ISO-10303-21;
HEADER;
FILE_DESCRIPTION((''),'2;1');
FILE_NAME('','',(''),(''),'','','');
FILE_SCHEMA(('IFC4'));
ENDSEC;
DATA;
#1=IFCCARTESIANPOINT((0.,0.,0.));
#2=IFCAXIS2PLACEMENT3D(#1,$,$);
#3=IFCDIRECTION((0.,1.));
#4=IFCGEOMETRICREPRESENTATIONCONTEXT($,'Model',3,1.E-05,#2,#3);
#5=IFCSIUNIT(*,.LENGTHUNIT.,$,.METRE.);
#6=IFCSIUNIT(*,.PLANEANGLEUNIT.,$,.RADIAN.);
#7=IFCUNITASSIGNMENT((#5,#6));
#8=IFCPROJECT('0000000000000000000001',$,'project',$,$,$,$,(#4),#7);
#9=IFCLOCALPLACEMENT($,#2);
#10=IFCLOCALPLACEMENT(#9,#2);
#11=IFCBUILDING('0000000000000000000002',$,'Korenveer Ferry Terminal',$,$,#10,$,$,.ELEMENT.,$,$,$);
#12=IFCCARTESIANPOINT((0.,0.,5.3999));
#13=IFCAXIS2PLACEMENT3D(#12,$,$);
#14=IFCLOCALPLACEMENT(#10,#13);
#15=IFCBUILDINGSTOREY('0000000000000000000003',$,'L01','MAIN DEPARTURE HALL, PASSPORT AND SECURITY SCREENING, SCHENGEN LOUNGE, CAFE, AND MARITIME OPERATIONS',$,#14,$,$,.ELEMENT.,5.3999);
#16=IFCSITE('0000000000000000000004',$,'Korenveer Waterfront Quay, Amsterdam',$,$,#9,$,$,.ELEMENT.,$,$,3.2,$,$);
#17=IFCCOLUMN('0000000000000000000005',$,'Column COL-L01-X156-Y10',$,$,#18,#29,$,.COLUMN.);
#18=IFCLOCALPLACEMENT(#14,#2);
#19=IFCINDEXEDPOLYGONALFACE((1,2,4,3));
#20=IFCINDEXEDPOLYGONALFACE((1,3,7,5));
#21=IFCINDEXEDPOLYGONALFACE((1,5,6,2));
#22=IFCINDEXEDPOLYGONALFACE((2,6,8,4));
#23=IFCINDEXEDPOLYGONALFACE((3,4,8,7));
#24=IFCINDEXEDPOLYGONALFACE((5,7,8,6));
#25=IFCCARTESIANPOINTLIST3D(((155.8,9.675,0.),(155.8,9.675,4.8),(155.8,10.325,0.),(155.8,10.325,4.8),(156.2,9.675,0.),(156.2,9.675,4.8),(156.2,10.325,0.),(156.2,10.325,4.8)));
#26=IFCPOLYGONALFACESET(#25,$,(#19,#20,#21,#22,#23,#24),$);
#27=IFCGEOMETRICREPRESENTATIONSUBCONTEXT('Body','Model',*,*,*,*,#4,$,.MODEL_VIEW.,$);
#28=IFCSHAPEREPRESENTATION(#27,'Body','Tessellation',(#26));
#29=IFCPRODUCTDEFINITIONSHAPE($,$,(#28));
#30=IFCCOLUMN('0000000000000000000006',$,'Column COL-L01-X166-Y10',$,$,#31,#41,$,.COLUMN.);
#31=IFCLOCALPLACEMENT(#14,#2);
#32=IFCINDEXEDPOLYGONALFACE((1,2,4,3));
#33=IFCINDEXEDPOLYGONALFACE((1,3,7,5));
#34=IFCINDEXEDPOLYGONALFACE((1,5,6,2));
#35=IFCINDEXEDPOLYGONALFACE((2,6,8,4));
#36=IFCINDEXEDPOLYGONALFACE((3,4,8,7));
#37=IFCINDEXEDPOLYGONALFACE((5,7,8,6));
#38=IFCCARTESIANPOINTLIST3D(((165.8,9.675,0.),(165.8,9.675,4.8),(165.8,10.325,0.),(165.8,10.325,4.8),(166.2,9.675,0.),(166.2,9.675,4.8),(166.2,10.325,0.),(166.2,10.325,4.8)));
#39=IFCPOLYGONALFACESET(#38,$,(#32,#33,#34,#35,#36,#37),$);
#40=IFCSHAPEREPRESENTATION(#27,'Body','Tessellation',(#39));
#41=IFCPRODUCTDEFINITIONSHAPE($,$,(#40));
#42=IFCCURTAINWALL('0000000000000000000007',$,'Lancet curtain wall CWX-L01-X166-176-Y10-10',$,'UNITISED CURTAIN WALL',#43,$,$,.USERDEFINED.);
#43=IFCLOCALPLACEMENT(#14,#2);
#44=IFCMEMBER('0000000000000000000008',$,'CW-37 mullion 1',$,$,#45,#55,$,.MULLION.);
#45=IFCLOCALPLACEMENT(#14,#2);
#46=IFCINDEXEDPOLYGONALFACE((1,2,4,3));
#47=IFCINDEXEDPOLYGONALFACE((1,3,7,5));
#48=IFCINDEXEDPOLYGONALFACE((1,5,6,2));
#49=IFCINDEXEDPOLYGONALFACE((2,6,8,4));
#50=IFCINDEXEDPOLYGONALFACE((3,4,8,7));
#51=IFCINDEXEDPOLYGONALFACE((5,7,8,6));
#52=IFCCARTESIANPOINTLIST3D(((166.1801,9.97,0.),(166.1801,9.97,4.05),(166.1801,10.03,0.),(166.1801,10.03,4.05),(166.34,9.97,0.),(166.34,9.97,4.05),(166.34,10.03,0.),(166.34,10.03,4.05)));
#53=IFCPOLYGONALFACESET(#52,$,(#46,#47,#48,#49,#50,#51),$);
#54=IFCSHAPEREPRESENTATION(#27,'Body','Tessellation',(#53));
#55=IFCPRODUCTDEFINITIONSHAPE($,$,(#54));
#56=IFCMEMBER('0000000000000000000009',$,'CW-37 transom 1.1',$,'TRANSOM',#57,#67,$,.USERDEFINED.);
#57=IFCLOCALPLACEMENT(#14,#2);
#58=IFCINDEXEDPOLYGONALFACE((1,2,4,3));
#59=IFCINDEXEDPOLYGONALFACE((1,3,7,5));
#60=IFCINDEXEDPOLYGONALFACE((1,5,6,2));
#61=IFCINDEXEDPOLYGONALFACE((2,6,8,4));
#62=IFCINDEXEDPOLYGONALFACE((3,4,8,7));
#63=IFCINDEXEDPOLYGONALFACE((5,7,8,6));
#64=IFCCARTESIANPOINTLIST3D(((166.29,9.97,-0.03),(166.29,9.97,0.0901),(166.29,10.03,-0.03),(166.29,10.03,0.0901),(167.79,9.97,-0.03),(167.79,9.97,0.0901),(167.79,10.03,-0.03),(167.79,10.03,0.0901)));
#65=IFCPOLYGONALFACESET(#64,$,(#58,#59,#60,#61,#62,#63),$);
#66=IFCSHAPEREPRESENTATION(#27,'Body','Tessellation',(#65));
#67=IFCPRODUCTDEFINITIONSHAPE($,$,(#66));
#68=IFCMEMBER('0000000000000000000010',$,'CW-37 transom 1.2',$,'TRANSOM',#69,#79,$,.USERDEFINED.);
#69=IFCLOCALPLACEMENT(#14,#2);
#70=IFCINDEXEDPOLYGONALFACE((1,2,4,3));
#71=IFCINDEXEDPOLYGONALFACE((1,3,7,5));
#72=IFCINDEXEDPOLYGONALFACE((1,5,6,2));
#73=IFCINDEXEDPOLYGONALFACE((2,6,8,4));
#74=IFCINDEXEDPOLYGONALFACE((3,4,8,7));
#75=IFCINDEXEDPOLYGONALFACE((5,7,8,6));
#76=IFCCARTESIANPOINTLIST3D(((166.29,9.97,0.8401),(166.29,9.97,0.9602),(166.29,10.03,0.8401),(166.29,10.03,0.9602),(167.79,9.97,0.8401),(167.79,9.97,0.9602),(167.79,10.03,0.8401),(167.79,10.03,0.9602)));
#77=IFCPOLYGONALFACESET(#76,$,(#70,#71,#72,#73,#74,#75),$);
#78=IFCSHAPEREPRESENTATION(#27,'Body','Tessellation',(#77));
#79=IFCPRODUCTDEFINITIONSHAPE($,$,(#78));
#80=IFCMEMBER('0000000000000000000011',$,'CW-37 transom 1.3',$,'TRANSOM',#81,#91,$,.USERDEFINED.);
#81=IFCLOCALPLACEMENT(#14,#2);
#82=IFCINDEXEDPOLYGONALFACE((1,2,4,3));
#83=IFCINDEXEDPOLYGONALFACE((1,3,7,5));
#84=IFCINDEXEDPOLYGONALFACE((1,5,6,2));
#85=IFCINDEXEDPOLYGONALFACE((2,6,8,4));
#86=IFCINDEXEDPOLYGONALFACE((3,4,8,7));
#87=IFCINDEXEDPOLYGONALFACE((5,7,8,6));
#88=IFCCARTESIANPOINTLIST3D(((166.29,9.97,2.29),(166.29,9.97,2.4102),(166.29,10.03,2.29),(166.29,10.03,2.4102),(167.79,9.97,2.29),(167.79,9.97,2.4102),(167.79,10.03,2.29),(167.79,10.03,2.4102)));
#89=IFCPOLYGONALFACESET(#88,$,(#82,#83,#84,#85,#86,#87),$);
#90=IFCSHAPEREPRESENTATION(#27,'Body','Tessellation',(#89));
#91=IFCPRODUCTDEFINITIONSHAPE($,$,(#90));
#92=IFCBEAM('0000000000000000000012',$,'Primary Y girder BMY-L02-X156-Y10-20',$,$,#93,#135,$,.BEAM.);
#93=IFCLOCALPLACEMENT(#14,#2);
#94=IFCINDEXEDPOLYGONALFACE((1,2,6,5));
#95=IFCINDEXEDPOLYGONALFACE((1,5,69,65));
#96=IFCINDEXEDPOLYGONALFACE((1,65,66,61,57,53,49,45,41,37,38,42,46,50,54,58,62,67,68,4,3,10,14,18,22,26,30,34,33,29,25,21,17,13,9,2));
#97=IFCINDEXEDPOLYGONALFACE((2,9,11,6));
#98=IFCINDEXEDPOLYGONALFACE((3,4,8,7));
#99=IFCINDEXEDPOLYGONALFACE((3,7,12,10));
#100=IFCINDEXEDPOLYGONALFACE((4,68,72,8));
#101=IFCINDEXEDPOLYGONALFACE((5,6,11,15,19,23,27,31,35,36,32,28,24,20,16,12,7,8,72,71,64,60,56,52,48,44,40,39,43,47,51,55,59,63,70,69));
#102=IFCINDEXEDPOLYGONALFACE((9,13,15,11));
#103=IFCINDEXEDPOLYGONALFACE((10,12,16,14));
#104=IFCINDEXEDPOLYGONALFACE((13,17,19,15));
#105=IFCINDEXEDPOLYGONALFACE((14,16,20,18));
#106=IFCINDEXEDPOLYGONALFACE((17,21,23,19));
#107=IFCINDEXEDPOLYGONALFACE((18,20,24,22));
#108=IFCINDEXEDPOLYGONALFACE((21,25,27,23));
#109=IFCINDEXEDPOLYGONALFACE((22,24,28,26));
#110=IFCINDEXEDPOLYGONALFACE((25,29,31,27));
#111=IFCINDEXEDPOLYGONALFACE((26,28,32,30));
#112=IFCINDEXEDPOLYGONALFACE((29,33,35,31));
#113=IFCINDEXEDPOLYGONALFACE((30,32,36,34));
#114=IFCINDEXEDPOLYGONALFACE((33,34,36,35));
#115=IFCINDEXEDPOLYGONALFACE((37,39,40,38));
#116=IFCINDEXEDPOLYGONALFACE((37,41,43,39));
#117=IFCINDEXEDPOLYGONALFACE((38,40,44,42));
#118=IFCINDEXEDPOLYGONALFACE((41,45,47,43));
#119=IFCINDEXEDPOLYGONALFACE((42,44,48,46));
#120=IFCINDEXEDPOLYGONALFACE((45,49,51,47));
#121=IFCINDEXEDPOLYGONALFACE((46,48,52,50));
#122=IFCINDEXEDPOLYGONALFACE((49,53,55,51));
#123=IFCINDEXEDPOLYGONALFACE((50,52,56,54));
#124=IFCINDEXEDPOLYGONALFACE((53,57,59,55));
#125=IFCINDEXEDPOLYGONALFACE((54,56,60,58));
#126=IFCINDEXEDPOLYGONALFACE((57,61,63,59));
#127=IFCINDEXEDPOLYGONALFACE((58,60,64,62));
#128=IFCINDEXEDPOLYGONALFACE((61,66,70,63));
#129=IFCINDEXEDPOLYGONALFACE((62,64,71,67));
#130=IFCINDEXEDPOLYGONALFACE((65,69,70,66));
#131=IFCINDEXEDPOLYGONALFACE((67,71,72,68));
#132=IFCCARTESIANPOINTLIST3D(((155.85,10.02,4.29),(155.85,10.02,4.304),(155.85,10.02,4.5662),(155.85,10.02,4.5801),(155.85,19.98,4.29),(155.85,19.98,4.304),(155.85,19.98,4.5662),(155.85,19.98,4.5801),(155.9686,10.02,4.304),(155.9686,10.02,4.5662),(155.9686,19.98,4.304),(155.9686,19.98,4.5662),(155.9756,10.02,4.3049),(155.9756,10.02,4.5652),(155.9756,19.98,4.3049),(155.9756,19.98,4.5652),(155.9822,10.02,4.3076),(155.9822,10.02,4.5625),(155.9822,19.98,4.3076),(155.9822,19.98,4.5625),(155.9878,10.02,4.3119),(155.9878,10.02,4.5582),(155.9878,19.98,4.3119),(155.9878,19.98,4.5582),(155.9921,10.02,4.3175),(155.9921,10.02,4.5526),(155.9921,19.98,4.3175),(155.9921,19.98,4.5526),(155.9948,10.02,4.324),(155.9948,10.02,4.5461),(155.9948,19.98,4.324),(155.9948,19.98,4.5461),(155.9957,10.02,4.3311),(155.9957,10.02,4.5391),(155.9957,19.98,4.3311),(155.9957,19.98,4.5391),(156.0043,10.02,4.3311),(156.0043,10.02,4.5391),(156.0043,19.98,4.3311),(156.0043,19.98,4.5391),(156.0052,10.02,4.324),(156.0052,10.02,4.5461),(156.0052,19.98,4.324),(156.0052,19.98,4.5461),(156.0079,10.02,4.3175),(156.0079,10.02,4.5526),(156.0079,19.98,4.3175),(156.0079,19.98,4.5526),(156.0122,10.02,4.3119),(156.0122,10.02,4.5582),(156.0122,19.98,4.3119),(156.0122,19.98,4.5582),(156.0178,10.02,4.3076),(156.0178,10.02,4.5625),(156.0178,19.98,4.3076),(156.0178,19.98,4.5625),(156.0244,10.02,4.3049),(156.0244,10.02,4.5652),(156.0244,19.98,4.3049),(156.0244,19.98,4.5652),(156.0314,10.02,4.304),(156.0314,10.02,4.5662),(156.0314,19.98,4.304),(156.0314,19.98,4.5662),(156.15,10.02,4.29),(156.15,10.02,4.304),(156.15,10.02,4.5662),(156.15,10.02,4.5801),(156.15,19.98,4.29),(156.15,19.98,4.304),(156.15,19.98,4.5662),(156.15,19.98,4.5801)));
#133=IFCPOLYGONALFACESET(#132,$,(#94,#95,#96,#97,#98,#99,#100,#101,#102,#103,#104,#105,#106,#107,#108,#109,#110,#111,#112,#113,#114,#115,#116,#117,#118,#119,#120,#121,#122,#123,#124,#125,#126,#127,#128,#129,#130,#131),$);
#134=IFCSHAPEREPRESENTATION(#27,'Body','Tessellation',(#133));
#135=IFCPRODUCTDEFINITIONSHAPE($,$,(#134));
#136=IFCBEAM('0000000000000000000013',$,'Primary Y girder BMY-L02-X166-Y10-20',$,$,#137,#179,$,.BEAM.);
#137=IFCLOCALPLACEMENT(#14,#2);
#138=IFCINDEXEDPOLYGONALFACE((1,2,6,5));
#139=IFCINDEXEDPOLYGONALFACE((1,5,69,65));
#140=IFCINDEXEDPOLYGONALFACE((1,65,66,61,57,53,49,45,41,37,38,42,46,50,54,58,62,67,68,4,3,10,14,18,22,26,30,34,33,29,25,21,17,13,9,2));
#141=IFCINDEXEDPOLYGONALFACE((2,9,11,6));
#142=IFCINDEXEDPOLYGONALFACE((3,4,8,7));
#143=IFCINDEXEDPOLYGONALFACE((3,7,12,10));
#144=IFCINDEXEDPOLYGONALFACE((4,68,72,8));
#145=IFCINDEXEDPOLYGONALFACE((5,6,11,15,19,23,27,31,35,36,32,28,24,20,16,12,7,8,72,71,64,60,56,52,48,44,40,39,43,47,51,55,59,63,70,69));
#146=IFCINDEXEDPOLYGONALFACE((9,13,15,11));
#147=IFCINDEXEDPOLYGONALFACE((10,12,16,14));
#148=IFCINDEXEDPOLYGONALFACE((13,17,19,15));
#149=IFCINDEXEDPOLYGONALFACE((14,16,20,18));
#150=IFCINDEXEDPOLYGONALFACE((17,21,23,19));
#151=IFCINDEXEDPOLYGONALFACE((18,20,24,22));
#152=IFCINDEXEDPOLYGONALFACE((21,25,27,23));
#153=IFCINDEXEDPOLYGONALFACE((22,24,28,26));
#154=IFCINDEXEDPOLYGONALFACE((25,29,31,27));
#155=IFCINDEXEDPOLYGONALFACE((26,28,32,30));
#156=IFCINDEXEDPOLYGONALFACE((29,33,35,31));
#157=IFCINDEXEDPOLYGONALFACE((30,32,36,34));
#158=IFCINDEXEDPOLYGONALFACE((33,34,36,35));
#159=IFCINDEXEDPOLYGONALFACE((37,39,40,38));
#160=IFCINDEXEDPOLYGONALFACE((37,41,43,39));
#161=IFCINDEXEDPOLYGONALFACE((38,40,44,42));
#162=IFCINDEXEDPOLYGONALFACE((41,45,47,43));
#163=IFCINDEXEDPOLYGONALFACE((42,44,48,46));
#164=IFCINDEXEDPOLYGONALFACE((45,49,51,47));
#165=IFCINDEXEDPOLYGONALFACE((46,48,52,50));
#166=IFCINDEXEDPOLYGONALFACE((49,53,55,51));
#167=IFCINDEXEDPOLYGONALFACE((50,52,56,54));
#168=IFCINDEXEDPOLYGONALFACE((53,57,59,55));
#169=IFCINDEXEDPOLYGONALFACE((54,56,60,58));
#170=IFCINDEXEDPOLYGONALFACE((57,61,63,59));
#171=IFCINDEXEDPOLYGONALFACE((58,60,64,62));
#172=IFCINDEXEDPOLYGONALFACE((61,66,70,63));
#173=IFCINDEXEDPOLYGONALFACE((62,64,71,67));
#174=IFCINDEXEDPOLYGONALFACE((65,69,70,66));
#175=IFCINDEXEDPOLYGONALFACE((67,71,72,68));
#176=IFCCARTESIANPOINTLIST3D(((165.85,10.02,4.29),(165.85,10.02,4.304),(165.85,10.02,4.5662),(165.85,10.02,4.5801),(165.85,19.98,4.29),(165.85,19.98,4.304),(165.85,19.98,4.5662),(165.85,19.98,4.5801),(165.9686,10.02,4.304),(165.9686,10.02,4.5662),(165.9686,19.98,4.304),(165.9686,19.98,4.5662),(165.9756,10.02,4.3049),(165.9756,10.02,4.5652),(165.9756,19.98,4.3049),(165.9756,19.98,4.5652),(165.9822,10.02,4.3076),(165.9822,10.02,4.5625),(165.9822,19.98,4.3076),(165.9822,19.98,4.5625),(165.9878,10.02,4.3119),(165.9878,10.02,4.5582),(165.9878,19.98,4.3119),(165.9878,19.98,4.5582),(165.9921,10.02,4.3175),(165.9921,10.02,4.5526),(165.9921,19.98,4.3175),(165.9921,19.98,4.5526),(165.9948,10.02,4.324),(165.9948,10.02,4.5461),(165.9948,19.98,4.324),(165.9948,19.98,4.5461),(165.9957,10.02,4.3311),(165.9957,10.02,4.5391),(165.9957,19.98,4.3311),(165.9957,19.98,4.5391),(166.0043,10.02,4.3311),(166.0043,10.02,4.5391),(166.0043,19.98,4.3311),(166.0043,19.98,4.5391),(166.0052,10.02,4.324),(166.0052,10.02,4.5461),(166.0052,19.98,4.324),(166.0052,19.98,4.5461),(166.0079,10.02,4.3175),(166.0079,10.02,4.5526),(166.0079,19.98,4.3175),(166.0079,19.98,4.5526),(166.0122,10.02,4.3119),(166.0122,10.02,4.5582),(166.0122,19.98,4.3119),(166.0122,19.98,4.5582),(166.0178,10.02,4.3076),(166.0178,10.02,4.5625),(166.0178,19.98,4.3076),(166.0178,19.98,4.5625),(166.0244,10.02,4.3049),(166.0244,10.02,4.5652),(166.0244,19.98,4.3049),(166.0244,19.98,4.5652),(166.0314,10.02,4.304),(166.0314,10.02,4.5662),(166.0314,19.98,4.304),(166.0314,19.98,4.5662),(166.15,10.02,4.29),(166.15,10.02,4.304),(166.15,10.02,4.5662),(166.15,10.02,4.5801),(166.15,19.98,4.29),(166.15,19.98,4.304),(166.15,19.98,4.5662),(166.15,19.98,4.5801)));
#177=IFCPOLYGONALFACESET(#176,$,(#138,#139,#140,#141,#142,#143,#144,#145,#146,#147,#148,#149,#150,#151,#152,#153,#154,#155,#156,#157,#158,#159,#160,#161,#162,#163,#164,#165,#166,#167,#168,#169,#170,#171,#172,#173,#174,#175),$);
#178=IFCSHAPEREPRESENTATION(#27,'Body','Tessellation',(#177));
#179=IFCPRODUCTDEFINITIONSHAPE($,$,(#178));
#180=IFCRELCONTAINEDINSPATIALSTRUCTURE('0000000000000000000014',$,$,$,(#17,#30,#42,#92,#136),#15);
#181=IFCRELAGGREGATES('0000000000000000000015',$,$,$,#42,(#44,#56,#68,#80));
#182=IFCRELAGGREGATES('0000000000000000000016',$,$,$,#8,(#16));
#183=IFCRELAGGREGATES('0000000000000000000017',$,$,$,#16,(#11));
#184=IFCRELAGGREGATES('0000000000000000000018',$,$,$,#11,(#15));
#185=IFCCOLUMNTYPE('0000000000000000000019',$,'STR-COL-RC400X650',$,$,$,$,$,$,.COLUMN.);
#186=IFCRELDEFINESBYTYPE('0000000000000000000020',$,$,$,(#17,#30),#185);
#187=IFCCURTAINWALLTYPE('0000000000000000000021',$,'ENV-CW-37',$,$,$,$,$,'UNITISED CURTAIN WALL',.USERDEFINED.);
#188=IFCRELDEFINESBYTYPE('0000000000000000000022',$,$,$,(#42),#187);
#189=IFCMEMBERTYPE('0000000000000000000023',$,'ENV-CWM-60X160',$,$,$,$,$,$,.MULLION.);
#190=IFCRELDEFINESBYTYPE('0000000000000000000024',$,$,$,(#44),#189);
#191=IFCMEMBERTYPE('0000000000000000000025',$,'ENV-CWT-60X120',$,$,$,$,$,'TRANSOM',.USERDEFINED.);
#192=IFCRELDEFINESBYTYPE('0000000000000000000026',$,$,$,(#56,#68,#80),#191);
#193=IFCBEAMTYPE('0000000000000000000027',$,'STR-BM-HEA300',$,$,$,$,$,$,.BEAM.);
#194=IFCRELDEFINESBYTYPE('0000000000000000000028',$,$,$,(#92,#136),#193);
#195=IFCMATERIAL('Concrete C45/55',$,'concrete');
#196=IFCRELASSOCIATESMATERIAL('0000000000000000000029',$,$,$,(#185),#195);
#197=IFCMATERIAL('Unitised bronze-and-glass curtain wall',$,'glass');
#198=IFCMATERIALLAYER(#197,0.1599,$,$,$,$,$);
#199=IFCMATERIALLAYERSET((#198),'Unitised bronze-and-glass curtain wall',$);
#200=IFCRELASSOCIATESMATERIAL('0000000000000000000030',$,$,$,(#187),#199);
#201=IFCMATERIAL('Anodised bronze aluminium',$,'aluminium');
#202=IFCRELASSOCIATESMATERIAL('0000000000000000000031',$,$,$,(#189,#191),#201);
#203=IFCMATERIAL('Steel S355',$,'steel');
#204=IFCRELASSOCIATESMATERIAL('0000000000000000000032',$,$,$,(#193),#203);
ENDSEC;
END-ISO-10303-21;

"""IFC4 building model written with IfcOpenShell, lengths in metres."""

from ifc_helpers import new_model, si_unit, direction, frame, origin, origin_2d, place, context, subcontext, project, spatial, rectangle, i_section, extrude, material, layer, layer_set, material_profile, profile_set, type_object, element, aggregate, save


model = new_model("IFC4")

# Units and contexts
model_context = context("Model", 3, precision=1e-05, world=origin(), true_north=direction((0.0, 1.0)))
body_context = subcontext(model_context, "Body", "Model", "MODEL_VIEW")
ifc_project = project(units=[si_unit("LENGTHUNIT", "METRE"), si_unit("PLANEANGLEUNIT", "RADIAN")], contexts=[model_context])

# Site, building, storey
site_placement = place(None, origin())
site = spatial("IfcSite", under=ifc_project, at=site_placement, Name="Korenveer Waterfront Quay, Amsterdam", CompositionType="ELEMENT", RefElevation=3.2)
building_placement = place(site_placement, origin())
building = spatial("IfcBuilding", under=site, at=building_placement, Name="Korenveer Ferry Terminal", CompositionType="ELEMENT")
storey_placement = place(building_placement, frame((0.0, 0.0, 5.3999)))
storey = spatial("IfcBuildingStorey", under=building, at=storey_placement, Name="L01", Description="MAIN DEPARTURE HALL, PASSPORT AND SECURITY SCREENING, SCHENGEN LOUNGE, CAFE, AND MARITIME OPERATIONS", CompositionType="ELEMENT", Elevation=5.3999)

# Columns
ifc_material_1 = material(Name="Concrete C45/55", Category="concrete")
ifc_material_profile_1 = material_profile(ifc_material_1, rectangle(XDim=0.3999, YDim=0.6499, at=origin_2d()), Name="RC 400x650")
ifc_profile_set_1 = profile_set([ifc_material_profile_1], Name="Concrete C45/55")
column_type = type_object("IfcColumnType", Name="STR-COL-RC400X650", PredefinedType="COLUMN", material=ifc_profile_set_1)
for number, where, z_axis, x_axis, name in (
    (1, (156.0, 10.0, 0.0), (0.0, 0.0, 1.0), (1.0, 0.0, 0.0), "Column COL-L01-X156-Y10"),
    (2, (166.0, 10.0, 0.0), (0.0, 0.0, 1.0), (1.0, 0.0, 0.0), "Column COL-L01-X166-Y10"),
):
    element("IfcColumn", number, at=place(storey_placement, frame(where, z_axis=z_axis, x_axis=x_axis)), inside=storey, type_object=column_type, Name=name, PredefinedType="COLUMN", context=body_context, shape_type="SweptSolid", body=[
        extrude(rectangle(XDim=0.3999, YDim=0.6499, at=origin_2d()), origin(), (0.0, 0.0, 1.0), 4.8),
    ])

# Curtain wall, members
ifc_material_2 = material(Name="Unitised bronze-and-glass curtain wall", Category="glass")
ifc_layer_1 = layer(ifc_material_2, 0.1599)
ifc_layer_set_1 = layer_set([ifc_layer_1], Name="Unitised bronze-and-glass curtain wall")
curtain_wall_type = type_object("IfcCurtainWallType", Name="ENV-CW-37", ElementType="UNITISED CURTAIN WALL", PredefinedType="USERDEFINED", material=ifc_layer_set_1)
curtain_wall_placement = place(storey_placement, frame((166.23, 10.0, 0.0)))
curtain_wall = element("IfcCurtainWall", 3, at=curtain_wall_placement, inside=storey, type_object=curtain_wall_type, Name="Lancet curtain wall CWX-L01-X166-176-Y10-10", ObjectType="UNITISED CURTAIN WALL", PredefinedType="USERDEFINED")
ifc_material_3 = material(Name="Anodised bronze aluminium", Category="aluminium")
ifc_material_profile_2 = material_profile(ifc_material_3, rectangle(XDim=0.0601, YDim=0.1599, at=origin_2d()), Name="ALU 60x160")
ifc_profile_set_2 = profile_set([ifc_material_profile_2], Name="Anodised bronze aluminium")
member_type_1 = type_object("IfcMemberType", Name="ENV-CWM-60X160", PredefinedType="MULLION", material=ifc_profile_set_2)
member_1_placement = place(storey_placement, frame((166.26, 10.0, 0.0), z_axis=(0.0, 0.0, 1.0), x_axis=(0.0, 1.0, 0.0)))
member_1 = element("IfcMember", 4, at=member_1_placement, type_object=member_type_1, Name="CW-37 mullion 1", PredefinedType="MULLION", context=body_context, shape_type="SweptSolid", body=[
    extrude(rectangle(XDim=0.0601, YDim=0.1599, at=origin_2d()), origin(), (0.0, 0.0, 1.0), 4.05),
])
ifc_material_profile_3 = material_profile(ifc_material_3, rectangle(XDim=0.0601, YDim=0.1201, at=origin_2d()), Name="ALU 60x120")
ifc_profile_set_3 = profile_set([ifc_material_profile_3], Name="Anodised bronze aluminium")
member_type_2 = type_object("IfcMemberType", Name="ENV-CWT-60X120", ElementType="TRANSOM", PredefinedType="USERDEFINED", material=ifc_profile_set_3)
member_2_placement = place(storey_placement, frame((166.29, 10.0, 0.03), z_axis=(1.0, 0.0, 0.0), x_axis=(0.0, 1.0, 0.0)))
member_2 = element("IfcMember", 5, at=member_2_placement, type_object=member_type_2, Name="CW-37 transom 1.1", ObjectType="TRANSOM", PredefinedType="USERDEFINED", context=body_context, shape_type="SweptSolid", body=[
    extrude(rectangle(XDim=0.0601, YDim=0.1201, at=origin_2d()), origin(), (0.0, 0.0, 1.0), 1.5),
])
member_3_placement = place(storey_placement, frame((166.29, 10.0, 0.9001), z_axis=(1.0, 0.0, 0.0), x_axis=(0.0, 1.0, 0.0)))
member_3 = element("IfcMember", 6, at=member_3_placement, type_object=member_type_2, Name="CW-37 transom 1.2", ObjectType="TRANSOM", PredefinedType="USERDEFINED", context=body_context, shape_type="SweptSolid", body=[
    extrude(rectangle(XDim=0.0601, YDim=0.1201, at=origin_2d()), origin(), (0.0, 0.0, 1.0), 1.5),
])
member_4_placement = place(storey_placement, frame((166.29, 10.0, 2.3501), z_axis=(1.0, 0.0, 0.0), x_axis=(0.0, 1.0, 0.0)))
member_4 = element("IfcMember", 7, at=member_4_placement, type_object=member_type_2, Name="CW-37 transom 1.3", ObjectType="TRANSOM", PredefinedType="USERDEFINED", context=body_context, shape_type="SweptSolid", body=[
    extrude(rectangle(XDim=0.0601, YDim=0.1201, at=origin_2d()), origin(), (0.0, 0.0, 1.0), 1.5),
])
aggregate(curtain_wall, [member_1, member_2, member_3, member_4])

# Beams
ifc_material_4 = material(Name="Steel S355", Category="steel")
ifc_material_profile_4 = material_profile(ifc_material_4, i_section(OverallWidth=0.3, OverallDepth=0.29, WebThickness=0.0085, FlangeThickness=0.0139, FilletRadius=0.0271, at=origin_2d()), Name="HEA 300")
ifc_profile_set_4 = profile_set([ifc_material_profile_4], Name="Steel S355")
beam_type_1 = type_object("IfcBeamType", Name="STR-BM-HEA300", PredefinedType="BEAM", material=ifc_profile_set_4)
for number, where, z_axis, x_axis, name in (
    (8, (156.0, 10.02, 4.4351), (0.0, 1.0, 0.0), (-1.0, 0.0, 0.0), "Primary Y girder BMY-L02-X156-Y10-20"),
    (9, (166.0, 10.02, 4.4351), (0.0, 1.0, 0.0), (-1.0, 0.0, 0.0), "Primary Y girder BMY-L02-X166-Y10-20"),
):
    element("IfcBeam", number, at=place(storey_placement, frame(where, z_axis=z_axis, x_axis=x_axis)), inside=storey, type_object=beam_type_1, Name=name, PredefinedType="BEAM", context=body_context, shape_type="SweptSolid", body=[
        extrude(i_section(OverallWidth=0.3, OverallDepth=0.29, WebThickness=0.0085, FlangeThickness=0.0139, FilletRadius=0.0271, at=origin_2d()), origin(), (0.0, 0.0, 1.0), 9.96),
    ])

save(model, "model.ifc")
